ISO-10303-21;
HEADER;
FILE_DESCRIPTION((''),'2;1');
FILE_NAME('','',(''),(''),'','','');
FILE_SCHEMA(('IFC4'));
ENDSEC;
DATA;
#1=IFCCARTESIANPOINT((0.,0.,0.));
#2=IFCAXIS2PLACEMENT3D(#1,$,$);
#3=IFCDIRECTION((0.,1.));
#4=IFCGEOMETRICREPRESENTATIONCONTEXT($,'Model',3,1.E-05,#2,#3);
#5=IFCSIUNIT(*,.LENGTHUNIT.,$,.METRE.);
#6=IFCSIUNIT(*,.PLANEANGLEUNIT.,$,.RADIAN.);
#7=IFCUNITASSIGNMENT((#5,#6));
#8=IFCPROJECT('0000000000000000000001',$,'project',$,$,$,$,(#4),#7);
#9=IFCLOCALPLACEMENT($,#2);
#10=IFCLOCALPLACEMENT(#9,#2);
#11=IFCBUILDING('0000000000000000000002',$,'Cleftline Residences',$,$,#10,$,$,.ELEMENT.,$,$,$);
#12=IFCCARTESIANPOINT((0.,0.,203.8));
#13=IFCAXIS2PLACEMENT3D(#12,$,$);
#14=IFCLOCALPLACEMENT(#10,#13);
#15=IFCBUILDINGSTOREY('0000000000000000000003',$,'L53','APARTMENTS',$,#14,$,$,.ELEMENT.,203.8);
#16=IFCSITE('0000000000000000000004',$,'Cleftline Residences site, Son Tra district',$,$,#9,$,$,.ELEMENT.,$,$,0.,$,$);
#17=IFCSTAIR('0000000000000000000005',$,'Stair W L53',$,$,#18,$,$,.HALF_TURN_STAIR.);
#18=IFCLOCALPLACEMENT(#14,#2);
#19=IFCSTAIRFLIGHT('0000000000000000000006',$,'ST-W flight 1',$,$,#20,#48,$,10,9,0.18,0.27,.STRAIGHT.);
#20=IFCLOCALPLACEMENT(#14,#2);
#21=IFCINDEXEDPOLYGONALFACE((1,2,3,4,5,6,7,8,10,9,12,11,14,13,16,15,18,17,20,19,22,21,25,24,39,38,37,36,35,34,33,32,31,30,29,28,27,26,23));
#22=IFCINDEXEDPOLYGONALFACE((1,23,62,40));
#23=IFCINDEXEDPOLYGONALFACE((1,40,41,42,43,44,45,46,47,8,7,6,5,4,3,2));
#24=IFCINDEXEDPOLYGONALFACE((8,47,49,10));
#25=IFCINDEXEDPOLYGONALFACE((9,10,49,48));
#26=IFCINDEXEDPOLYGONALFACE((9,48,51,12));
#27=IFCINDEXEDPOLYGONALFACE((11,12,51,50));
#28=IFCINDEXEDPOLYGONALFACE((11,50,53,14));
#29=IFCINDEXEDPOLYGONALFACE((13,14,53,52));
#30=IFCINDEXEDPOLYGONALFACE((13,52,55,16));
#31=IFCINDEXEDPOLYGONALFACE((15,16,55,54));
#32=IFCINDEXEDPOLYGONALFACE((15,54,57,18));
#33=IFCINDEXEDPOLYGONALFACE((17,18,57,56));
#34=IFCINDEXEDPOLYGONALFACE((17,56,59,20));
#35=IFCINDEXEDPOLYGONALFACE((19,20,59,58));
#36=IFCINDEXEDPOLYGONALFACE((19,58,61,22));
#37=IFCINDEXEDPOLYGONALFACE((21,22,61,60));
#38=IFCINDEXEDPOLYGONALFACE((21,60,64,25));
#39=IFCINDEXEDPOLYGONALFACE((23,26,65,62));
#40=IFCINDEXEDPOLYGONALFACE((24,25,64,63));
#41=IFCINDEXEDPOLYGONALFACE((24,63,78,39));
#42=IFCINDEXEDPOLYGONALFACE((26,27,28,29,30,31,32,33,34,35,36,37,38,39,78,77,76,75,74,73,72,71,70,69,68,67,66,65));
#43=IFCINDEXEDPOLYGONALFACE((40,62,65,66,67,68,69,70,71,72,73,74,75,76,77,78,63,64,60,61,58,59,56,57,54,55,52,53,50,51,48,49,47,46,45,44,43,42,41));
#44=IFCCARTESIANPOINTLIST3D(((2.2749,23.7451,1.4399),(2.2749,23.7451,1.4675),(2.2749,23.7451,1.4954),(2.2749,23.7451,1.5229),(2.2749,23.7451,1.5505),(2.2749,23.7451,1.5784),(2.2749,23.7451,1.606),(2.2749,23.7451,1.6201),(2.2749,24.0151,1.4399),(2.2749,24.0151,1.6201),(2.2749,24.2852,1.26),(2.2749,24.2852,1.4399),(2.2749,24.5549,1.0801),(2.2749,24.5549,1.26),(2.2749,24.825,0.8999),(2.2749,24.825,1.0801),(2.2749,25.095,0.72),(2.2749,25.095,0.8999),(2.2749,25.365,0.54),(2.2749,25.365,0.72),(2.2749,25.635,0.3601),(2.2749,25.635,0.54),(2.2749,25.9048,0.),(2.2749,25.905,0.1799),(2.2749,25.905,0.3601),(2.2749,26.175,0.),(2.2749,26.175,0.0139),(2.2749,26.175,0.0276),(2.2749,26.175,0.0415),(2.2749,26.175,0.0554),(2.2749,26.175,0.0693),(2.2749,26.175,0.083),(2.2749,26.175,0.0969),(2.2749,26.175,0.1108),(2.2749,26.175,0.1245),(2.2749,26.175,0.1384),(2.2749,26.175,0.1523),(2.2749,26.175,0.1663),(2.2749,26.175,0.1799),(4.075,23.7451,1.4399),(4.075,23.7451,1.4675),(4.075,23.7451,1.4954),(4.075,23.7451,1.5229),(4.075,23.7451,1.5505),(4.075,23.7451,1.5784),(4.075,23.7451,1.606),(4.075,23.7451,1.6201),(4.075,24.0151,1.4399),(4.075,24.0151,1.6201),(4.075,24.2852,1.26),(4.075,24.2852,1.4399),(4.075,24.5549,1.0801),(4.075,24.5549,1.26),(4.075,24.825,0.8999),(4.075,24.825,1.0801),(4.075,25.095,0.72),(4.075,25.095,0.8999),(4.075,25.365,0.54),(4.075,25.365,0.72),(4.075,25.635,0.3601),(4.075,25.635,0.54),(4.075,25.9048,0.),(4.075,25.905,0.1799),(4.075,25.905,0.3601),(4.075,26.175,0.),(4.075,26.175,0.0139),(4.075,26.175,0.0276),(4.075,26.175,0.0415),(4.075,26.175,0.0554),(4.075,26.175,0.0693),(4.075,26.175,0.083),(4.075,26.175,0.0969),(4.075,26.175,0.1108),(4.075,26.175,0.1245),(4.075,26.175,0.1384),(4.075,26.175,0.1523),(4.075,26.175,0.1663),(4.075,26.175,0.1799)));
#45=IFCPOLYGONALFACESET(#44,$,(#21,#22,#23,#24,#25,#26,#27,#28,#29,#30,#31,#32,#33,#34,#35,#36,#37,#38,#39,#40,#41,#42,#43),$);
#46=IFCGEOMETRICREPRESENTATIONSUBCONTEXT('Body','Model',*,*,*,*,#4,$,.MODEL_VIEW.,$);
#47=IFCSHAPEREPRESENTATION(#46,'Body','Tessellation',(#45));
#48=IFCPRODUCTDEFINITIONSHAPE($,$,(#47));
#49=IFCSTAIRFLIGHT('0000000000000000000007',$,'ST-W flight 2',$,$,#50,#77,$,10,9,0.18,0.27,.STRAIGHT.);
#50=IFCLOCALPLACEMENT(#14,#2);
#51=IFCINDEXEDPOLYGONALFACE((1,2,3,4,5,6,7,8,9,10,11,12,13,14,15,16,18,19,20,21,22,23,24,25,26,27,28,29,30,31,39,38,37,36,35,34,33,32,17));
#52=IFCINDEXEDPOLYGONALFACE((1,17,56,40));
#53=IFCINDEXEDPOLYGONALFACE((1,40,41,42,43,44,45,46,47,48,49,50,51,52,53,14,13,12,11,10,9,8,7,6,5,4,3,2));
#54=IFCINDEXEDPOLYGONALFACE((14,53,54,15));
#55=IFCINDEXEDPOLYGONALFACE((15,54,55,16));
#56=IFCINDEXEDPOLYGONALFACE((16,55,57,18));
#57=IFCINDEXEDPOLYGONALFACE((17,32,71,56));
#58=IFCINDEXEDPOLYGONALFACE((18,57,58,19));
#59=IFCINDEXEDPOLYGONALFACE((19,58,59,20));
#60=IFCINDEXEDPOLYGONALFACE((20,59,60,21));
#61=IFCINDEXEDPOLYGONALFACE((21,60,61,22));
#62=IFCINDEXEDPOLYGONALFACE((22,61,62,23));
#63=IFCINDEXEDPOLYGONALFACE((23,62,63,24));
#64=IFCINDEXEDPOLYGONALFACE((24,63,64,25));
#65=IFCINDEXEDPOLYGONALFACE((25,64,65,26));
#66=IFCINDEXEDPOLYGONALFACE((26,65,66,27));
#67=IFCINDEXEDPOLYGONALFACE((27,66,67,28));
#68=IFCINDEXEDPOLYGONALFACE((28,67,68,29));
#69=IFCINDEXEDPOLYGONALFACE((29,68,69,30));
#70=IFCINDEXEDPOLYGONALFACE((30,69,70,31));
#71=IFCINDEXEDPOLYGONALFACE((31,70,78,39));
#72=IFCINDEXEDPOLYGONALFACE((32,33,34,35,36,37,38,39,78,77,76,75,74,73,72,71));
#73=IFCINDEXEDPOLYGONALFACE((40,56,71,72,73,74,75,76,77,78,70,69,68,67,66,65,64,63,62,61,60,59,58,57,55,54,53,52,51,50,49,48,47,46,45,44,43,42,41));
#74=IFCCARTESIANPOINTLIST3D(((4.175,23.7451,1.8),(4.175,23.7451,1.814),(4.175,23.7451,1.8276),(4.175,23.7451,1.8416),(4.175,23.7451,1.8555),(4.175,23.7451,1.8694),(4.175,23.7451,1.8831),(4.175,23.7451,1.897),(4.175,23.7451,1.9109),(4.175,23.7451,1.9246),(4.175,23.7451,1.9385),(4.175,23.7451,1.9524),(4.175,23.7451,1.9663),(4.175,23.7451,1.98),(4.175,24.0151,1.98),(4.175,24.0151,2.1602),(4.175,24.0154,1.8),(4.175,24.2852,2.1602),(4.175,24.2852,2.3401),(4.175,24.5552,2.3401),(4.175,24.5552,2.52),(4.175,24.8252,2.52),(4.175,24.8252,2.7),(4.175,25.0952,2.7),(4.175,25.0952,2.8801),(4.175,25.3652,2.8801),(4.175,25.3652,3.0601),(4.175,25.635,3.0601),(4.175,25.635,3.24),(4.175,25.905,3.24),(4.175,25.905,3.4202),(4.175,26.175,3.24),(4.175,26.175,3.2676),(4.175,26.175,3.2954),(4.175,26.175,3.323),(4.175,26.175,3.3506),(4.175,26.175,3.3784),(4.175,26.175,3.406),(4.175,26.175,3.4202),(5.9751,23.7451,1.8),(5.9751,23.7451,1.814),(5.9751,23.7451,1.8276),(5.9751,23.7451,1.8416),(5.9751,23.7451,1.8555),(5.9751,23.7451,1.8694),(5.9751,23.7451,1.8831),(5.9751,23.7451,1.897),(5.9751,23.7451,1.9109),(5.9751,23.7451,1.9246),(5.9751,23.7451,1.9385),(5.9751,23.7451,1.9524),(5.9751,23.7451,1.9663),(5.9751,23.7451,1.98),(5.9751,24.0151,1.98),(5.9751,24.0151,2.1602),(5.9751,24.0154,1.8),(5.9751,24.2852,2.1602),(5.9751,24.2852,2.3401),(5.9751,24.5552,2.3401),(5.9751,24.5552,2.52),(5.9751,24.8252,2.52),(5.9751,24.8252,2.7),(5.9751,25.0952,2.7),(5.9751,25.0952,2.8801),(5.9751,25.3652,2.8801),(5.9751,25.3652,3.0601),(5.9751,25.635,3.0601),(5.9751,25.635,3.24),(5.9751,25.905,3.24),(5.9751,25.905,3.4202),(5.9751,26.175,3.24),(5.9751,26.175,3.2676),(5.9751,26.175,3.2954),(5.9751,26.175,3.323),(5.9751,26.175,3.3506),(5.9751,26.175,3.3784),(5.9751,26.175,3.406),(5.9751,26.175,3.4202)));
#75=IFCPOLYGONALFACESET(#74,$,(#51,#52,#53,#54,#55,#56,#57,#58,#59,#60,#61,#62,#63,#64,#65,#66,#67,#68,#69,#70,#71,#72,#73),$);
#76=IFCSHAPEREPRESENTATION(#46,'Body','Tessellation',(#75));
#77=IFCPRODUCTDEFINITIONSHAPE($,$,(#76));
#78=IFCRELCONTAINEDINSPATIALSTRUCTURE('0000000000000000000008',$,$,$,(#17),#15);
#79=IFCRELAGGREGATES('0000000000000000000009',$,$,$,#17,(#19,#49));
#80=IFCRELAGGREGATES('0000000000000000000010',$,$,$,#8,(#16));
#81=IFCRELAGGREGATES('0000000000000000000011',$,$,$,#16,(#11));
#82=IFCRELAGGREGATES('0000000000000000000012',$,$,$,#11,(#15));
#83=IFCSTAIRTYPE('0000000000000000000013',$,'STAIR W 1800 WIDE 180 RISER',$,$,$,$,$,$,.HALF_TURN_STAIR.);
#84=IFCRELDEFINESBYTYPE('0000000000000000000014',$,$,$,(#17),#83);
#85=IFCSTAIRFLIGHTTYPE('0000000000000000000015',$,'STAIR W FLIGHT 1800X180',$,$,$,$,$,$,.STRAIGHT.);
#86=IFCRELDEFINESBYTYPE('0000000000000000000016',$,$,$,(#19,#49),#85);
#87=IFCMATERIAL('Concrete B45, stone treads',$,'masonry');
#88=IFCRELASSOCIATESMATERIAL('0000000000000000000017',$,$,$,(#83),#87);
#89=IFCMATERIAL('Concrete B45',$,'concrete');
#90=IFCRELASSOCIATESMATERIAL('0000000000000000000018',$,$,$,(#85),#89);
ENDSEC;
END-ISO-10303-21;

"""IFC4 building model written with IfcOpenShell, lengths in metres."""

from ifc_helpers import new_model, si_unit, direction, frame, origin, place, context, subcontext, project, spatial, polyline, outline, extrude, material, type_object, element, aggregate, save


model = new_model("IFC4")

# Units and contexts
model_context = context("Model", 3, precision=1e-05, world=origin(), true_north=direction((0.0, 1.0)))
body_context = subcontext(model_context, "Body", "Model", "MODEL_VIEW")
ifc_project = project(units=[si_unit("LENGTHUNIT", "METRE"), si_unit("PLANEANGLEUNIT", "RADIAN")], contexts=[model_context])

# Site, building, storey
site_placement = place(None, origin())
site = spatial("IfcSite", under=ifc_project, at=site_placement, Name="Cleftline Residences site, Son Tra district", CompositionType="ELEMENT", RefElevation=0.0)
building_placement = place(site_placement, origin())
building = spatial("IfcBuilding", under=site, at=building_placement, Name="Cleftline Residences", CompositionType="ELEMENT")
storey_placement = place(building_placement, frame((0.0, 0.0, 203.8)))
storey = spatial("IfcBuildingStorey", under=building, at=storey_placement, Name="L53", Description="APARTMENTS", CompositionType="ELEMENT", Elevation=203.8)

# Stair, stair flights
ifc_material_1 = material(Name="Concrete B45, stone treads", Category="masonry")
stair_type = type_object("IfcStairType", Name="STAIR W 1800 WIDE 180 RISER", PredefinedType="HALF_TURN_STAIR", material=ifc_material_1)
stair_placement = place(storey_placement, origin())
stair = element("IfcStair", 1, at=stair_placement, inside=storey, type_object=stair_type, Name="Stair W L53", PredefinedType="HALF_TURN_STAIR")
ifc_material_2 = material(Name="Concrete B45", Category="concrete")
stair_flight_type = type_object("IfcStairFlightType", Name="STAIR W FLIGHT 1800X180", PredefinedType="STRAIGHT", material=ifc_material_2)
stair_flight_1_placement = place(storey_placement, frame((3.175, 26.175, 0.0), z_axis=(0.0, 0.0, 1.0), x_axis=(0.0, -1.0, 0.0)))
stair_flight_1 = element("IfcStairFlight", 2, at=stair_flight_1_placement, type_object=stair_flight_type, Name="ST-W flight 1", NumberOfRisers=10, NumberOfTreads=9, PredefinedType="STRAIGHT", RiserHeight=0.18, TreadLength=0.27, context=body_context, shape_type="SweptSolid", body=[
    extrude(outline(polyline([(0.0, 0.0), (0.0, 0.0139), (0.0, 0.0276), (0.0, 0.0415), (0.0, 0.0554), (0.0, 0.0693), (0.0, 0.083), (0.0, 0.0969), (0.0, 0.1108), (0.0, 0.1245), (0.0, 0.1384), (0.0, 0.1523), (0.0, 0.1663), (0.0, 0.1799), (0.27, 0.1799), (0.27, 0.3601), (0.54, 0.3601), (0.54, 0.54), (0.8101, 0.54), (0.8101, 0.72), (1.0801, 0.72), (1.0801, 0.8999), (1.3501, 0.8999), (1.3501, 1.0801), (1.6201, 1.0801), (1.6201, 1.26), (1.8899, 1.26), (1.8899, 1.4399), (2.1599, 1.4399), (2.1599, 1.6201), (2.4299, 1.6201), (2.4299, 1.8), (2.4299, 1.7722), (2.4299, 1.7446), (2.4299, 1.7168), (2.4299, 1.6892), (2.4299, 1.6614), (2.4299, 1.6338), (2.4299, 1.606), (2.4299, 1.5784), (2.4299, 1.5505), (2.4299, 1.5229), (2.4299, 1.4954), (2.4299, 1.4675), (2.4299, 1.4399), (0.2703, 0.0), (0.0, 0.0)])), frame((0.0, 0.8999, 0.0), z_axis=(0.0, -1.0, 0.0), x_axis=(1.0, 0.0, 0.0)), (0.0, 0.0, 1.0), 1.8),
])
stair_flight_2_placement = place(storey_placement, frame((5.075, 23.7451, 1.8), z_axis=(0.0, 0.0, 1.0), x_axis=(0.0, 1.0, 0.0)))
stair_flight_2 = element("IfcStairFlight", 3, at=stair_flight_2_placement, type_object=stair_flight_type, Name="ST-W flight 2", NumberOfRisers=10, NumberOfTreads=9, PredefinedType="STRAIGHT", RiserHeight=0.18, TreadLength=0.27, context=body_context, shape_type="SweptSolid", body=[
    extrude(outline(polyline([(0.0, 0.0), (0.0, 0.0139), (0.0, 0.0276), (0.0, 0.0415), (0.0, 0.0554), (0.0, 0.0693), (0.0, 0.083), (0.0, 0.0969), (0.0, 0.1108), (0.0, 0.1245), (0.0, 0.1384), (0.0, 0.1523), (0.0, 0.1663), (0.0, 0.1799), (0.27, 0.1799), (0.27, 0.3601), (0.54, 0.3601), (0.54, 0.54), (0.8101, 0.54), (0.8101, 0.72), (1.0801, 0.72), (1.0801, 0.8999), (1.3501, 0.8999), (1.3501, 1.0801), (1.6201, 1.0801), (1.6201, 1.26), (1.8899, 1.26), (1.8899, 1.4399), (2.1599, 1.4399), (2.1599, 1.6201), (2.4299, 1.6201), (2.4299, 1.8), (2.4299, 1.7722), (2.4299, 1.7446), (2.4299, 1.7168), (2.4299, 1.6892), (2.4299, 1.6614), (2.4299, 1.6338), (2.4299, 1.606), (2.4299, 1.5784), (2.4299, 1.5505), (2.4299, 1.5229), (2.4299, 1.4954), (2.4299, 1.4675), (2.4299, 1.4399), (0.2703, 0.0), (0.0, 0.0)])), frame((0.0, 0.8999, 0.0), z_axis=(0.0, -1.0, 0.0), x_axis=(1.0, 0.0, 0.0)), (0.0, 0.0, 1.0), 1.8),
])
aggregate(stair, [stair_flight_1, stair_flight_2])

save(model, "model.ifc")
